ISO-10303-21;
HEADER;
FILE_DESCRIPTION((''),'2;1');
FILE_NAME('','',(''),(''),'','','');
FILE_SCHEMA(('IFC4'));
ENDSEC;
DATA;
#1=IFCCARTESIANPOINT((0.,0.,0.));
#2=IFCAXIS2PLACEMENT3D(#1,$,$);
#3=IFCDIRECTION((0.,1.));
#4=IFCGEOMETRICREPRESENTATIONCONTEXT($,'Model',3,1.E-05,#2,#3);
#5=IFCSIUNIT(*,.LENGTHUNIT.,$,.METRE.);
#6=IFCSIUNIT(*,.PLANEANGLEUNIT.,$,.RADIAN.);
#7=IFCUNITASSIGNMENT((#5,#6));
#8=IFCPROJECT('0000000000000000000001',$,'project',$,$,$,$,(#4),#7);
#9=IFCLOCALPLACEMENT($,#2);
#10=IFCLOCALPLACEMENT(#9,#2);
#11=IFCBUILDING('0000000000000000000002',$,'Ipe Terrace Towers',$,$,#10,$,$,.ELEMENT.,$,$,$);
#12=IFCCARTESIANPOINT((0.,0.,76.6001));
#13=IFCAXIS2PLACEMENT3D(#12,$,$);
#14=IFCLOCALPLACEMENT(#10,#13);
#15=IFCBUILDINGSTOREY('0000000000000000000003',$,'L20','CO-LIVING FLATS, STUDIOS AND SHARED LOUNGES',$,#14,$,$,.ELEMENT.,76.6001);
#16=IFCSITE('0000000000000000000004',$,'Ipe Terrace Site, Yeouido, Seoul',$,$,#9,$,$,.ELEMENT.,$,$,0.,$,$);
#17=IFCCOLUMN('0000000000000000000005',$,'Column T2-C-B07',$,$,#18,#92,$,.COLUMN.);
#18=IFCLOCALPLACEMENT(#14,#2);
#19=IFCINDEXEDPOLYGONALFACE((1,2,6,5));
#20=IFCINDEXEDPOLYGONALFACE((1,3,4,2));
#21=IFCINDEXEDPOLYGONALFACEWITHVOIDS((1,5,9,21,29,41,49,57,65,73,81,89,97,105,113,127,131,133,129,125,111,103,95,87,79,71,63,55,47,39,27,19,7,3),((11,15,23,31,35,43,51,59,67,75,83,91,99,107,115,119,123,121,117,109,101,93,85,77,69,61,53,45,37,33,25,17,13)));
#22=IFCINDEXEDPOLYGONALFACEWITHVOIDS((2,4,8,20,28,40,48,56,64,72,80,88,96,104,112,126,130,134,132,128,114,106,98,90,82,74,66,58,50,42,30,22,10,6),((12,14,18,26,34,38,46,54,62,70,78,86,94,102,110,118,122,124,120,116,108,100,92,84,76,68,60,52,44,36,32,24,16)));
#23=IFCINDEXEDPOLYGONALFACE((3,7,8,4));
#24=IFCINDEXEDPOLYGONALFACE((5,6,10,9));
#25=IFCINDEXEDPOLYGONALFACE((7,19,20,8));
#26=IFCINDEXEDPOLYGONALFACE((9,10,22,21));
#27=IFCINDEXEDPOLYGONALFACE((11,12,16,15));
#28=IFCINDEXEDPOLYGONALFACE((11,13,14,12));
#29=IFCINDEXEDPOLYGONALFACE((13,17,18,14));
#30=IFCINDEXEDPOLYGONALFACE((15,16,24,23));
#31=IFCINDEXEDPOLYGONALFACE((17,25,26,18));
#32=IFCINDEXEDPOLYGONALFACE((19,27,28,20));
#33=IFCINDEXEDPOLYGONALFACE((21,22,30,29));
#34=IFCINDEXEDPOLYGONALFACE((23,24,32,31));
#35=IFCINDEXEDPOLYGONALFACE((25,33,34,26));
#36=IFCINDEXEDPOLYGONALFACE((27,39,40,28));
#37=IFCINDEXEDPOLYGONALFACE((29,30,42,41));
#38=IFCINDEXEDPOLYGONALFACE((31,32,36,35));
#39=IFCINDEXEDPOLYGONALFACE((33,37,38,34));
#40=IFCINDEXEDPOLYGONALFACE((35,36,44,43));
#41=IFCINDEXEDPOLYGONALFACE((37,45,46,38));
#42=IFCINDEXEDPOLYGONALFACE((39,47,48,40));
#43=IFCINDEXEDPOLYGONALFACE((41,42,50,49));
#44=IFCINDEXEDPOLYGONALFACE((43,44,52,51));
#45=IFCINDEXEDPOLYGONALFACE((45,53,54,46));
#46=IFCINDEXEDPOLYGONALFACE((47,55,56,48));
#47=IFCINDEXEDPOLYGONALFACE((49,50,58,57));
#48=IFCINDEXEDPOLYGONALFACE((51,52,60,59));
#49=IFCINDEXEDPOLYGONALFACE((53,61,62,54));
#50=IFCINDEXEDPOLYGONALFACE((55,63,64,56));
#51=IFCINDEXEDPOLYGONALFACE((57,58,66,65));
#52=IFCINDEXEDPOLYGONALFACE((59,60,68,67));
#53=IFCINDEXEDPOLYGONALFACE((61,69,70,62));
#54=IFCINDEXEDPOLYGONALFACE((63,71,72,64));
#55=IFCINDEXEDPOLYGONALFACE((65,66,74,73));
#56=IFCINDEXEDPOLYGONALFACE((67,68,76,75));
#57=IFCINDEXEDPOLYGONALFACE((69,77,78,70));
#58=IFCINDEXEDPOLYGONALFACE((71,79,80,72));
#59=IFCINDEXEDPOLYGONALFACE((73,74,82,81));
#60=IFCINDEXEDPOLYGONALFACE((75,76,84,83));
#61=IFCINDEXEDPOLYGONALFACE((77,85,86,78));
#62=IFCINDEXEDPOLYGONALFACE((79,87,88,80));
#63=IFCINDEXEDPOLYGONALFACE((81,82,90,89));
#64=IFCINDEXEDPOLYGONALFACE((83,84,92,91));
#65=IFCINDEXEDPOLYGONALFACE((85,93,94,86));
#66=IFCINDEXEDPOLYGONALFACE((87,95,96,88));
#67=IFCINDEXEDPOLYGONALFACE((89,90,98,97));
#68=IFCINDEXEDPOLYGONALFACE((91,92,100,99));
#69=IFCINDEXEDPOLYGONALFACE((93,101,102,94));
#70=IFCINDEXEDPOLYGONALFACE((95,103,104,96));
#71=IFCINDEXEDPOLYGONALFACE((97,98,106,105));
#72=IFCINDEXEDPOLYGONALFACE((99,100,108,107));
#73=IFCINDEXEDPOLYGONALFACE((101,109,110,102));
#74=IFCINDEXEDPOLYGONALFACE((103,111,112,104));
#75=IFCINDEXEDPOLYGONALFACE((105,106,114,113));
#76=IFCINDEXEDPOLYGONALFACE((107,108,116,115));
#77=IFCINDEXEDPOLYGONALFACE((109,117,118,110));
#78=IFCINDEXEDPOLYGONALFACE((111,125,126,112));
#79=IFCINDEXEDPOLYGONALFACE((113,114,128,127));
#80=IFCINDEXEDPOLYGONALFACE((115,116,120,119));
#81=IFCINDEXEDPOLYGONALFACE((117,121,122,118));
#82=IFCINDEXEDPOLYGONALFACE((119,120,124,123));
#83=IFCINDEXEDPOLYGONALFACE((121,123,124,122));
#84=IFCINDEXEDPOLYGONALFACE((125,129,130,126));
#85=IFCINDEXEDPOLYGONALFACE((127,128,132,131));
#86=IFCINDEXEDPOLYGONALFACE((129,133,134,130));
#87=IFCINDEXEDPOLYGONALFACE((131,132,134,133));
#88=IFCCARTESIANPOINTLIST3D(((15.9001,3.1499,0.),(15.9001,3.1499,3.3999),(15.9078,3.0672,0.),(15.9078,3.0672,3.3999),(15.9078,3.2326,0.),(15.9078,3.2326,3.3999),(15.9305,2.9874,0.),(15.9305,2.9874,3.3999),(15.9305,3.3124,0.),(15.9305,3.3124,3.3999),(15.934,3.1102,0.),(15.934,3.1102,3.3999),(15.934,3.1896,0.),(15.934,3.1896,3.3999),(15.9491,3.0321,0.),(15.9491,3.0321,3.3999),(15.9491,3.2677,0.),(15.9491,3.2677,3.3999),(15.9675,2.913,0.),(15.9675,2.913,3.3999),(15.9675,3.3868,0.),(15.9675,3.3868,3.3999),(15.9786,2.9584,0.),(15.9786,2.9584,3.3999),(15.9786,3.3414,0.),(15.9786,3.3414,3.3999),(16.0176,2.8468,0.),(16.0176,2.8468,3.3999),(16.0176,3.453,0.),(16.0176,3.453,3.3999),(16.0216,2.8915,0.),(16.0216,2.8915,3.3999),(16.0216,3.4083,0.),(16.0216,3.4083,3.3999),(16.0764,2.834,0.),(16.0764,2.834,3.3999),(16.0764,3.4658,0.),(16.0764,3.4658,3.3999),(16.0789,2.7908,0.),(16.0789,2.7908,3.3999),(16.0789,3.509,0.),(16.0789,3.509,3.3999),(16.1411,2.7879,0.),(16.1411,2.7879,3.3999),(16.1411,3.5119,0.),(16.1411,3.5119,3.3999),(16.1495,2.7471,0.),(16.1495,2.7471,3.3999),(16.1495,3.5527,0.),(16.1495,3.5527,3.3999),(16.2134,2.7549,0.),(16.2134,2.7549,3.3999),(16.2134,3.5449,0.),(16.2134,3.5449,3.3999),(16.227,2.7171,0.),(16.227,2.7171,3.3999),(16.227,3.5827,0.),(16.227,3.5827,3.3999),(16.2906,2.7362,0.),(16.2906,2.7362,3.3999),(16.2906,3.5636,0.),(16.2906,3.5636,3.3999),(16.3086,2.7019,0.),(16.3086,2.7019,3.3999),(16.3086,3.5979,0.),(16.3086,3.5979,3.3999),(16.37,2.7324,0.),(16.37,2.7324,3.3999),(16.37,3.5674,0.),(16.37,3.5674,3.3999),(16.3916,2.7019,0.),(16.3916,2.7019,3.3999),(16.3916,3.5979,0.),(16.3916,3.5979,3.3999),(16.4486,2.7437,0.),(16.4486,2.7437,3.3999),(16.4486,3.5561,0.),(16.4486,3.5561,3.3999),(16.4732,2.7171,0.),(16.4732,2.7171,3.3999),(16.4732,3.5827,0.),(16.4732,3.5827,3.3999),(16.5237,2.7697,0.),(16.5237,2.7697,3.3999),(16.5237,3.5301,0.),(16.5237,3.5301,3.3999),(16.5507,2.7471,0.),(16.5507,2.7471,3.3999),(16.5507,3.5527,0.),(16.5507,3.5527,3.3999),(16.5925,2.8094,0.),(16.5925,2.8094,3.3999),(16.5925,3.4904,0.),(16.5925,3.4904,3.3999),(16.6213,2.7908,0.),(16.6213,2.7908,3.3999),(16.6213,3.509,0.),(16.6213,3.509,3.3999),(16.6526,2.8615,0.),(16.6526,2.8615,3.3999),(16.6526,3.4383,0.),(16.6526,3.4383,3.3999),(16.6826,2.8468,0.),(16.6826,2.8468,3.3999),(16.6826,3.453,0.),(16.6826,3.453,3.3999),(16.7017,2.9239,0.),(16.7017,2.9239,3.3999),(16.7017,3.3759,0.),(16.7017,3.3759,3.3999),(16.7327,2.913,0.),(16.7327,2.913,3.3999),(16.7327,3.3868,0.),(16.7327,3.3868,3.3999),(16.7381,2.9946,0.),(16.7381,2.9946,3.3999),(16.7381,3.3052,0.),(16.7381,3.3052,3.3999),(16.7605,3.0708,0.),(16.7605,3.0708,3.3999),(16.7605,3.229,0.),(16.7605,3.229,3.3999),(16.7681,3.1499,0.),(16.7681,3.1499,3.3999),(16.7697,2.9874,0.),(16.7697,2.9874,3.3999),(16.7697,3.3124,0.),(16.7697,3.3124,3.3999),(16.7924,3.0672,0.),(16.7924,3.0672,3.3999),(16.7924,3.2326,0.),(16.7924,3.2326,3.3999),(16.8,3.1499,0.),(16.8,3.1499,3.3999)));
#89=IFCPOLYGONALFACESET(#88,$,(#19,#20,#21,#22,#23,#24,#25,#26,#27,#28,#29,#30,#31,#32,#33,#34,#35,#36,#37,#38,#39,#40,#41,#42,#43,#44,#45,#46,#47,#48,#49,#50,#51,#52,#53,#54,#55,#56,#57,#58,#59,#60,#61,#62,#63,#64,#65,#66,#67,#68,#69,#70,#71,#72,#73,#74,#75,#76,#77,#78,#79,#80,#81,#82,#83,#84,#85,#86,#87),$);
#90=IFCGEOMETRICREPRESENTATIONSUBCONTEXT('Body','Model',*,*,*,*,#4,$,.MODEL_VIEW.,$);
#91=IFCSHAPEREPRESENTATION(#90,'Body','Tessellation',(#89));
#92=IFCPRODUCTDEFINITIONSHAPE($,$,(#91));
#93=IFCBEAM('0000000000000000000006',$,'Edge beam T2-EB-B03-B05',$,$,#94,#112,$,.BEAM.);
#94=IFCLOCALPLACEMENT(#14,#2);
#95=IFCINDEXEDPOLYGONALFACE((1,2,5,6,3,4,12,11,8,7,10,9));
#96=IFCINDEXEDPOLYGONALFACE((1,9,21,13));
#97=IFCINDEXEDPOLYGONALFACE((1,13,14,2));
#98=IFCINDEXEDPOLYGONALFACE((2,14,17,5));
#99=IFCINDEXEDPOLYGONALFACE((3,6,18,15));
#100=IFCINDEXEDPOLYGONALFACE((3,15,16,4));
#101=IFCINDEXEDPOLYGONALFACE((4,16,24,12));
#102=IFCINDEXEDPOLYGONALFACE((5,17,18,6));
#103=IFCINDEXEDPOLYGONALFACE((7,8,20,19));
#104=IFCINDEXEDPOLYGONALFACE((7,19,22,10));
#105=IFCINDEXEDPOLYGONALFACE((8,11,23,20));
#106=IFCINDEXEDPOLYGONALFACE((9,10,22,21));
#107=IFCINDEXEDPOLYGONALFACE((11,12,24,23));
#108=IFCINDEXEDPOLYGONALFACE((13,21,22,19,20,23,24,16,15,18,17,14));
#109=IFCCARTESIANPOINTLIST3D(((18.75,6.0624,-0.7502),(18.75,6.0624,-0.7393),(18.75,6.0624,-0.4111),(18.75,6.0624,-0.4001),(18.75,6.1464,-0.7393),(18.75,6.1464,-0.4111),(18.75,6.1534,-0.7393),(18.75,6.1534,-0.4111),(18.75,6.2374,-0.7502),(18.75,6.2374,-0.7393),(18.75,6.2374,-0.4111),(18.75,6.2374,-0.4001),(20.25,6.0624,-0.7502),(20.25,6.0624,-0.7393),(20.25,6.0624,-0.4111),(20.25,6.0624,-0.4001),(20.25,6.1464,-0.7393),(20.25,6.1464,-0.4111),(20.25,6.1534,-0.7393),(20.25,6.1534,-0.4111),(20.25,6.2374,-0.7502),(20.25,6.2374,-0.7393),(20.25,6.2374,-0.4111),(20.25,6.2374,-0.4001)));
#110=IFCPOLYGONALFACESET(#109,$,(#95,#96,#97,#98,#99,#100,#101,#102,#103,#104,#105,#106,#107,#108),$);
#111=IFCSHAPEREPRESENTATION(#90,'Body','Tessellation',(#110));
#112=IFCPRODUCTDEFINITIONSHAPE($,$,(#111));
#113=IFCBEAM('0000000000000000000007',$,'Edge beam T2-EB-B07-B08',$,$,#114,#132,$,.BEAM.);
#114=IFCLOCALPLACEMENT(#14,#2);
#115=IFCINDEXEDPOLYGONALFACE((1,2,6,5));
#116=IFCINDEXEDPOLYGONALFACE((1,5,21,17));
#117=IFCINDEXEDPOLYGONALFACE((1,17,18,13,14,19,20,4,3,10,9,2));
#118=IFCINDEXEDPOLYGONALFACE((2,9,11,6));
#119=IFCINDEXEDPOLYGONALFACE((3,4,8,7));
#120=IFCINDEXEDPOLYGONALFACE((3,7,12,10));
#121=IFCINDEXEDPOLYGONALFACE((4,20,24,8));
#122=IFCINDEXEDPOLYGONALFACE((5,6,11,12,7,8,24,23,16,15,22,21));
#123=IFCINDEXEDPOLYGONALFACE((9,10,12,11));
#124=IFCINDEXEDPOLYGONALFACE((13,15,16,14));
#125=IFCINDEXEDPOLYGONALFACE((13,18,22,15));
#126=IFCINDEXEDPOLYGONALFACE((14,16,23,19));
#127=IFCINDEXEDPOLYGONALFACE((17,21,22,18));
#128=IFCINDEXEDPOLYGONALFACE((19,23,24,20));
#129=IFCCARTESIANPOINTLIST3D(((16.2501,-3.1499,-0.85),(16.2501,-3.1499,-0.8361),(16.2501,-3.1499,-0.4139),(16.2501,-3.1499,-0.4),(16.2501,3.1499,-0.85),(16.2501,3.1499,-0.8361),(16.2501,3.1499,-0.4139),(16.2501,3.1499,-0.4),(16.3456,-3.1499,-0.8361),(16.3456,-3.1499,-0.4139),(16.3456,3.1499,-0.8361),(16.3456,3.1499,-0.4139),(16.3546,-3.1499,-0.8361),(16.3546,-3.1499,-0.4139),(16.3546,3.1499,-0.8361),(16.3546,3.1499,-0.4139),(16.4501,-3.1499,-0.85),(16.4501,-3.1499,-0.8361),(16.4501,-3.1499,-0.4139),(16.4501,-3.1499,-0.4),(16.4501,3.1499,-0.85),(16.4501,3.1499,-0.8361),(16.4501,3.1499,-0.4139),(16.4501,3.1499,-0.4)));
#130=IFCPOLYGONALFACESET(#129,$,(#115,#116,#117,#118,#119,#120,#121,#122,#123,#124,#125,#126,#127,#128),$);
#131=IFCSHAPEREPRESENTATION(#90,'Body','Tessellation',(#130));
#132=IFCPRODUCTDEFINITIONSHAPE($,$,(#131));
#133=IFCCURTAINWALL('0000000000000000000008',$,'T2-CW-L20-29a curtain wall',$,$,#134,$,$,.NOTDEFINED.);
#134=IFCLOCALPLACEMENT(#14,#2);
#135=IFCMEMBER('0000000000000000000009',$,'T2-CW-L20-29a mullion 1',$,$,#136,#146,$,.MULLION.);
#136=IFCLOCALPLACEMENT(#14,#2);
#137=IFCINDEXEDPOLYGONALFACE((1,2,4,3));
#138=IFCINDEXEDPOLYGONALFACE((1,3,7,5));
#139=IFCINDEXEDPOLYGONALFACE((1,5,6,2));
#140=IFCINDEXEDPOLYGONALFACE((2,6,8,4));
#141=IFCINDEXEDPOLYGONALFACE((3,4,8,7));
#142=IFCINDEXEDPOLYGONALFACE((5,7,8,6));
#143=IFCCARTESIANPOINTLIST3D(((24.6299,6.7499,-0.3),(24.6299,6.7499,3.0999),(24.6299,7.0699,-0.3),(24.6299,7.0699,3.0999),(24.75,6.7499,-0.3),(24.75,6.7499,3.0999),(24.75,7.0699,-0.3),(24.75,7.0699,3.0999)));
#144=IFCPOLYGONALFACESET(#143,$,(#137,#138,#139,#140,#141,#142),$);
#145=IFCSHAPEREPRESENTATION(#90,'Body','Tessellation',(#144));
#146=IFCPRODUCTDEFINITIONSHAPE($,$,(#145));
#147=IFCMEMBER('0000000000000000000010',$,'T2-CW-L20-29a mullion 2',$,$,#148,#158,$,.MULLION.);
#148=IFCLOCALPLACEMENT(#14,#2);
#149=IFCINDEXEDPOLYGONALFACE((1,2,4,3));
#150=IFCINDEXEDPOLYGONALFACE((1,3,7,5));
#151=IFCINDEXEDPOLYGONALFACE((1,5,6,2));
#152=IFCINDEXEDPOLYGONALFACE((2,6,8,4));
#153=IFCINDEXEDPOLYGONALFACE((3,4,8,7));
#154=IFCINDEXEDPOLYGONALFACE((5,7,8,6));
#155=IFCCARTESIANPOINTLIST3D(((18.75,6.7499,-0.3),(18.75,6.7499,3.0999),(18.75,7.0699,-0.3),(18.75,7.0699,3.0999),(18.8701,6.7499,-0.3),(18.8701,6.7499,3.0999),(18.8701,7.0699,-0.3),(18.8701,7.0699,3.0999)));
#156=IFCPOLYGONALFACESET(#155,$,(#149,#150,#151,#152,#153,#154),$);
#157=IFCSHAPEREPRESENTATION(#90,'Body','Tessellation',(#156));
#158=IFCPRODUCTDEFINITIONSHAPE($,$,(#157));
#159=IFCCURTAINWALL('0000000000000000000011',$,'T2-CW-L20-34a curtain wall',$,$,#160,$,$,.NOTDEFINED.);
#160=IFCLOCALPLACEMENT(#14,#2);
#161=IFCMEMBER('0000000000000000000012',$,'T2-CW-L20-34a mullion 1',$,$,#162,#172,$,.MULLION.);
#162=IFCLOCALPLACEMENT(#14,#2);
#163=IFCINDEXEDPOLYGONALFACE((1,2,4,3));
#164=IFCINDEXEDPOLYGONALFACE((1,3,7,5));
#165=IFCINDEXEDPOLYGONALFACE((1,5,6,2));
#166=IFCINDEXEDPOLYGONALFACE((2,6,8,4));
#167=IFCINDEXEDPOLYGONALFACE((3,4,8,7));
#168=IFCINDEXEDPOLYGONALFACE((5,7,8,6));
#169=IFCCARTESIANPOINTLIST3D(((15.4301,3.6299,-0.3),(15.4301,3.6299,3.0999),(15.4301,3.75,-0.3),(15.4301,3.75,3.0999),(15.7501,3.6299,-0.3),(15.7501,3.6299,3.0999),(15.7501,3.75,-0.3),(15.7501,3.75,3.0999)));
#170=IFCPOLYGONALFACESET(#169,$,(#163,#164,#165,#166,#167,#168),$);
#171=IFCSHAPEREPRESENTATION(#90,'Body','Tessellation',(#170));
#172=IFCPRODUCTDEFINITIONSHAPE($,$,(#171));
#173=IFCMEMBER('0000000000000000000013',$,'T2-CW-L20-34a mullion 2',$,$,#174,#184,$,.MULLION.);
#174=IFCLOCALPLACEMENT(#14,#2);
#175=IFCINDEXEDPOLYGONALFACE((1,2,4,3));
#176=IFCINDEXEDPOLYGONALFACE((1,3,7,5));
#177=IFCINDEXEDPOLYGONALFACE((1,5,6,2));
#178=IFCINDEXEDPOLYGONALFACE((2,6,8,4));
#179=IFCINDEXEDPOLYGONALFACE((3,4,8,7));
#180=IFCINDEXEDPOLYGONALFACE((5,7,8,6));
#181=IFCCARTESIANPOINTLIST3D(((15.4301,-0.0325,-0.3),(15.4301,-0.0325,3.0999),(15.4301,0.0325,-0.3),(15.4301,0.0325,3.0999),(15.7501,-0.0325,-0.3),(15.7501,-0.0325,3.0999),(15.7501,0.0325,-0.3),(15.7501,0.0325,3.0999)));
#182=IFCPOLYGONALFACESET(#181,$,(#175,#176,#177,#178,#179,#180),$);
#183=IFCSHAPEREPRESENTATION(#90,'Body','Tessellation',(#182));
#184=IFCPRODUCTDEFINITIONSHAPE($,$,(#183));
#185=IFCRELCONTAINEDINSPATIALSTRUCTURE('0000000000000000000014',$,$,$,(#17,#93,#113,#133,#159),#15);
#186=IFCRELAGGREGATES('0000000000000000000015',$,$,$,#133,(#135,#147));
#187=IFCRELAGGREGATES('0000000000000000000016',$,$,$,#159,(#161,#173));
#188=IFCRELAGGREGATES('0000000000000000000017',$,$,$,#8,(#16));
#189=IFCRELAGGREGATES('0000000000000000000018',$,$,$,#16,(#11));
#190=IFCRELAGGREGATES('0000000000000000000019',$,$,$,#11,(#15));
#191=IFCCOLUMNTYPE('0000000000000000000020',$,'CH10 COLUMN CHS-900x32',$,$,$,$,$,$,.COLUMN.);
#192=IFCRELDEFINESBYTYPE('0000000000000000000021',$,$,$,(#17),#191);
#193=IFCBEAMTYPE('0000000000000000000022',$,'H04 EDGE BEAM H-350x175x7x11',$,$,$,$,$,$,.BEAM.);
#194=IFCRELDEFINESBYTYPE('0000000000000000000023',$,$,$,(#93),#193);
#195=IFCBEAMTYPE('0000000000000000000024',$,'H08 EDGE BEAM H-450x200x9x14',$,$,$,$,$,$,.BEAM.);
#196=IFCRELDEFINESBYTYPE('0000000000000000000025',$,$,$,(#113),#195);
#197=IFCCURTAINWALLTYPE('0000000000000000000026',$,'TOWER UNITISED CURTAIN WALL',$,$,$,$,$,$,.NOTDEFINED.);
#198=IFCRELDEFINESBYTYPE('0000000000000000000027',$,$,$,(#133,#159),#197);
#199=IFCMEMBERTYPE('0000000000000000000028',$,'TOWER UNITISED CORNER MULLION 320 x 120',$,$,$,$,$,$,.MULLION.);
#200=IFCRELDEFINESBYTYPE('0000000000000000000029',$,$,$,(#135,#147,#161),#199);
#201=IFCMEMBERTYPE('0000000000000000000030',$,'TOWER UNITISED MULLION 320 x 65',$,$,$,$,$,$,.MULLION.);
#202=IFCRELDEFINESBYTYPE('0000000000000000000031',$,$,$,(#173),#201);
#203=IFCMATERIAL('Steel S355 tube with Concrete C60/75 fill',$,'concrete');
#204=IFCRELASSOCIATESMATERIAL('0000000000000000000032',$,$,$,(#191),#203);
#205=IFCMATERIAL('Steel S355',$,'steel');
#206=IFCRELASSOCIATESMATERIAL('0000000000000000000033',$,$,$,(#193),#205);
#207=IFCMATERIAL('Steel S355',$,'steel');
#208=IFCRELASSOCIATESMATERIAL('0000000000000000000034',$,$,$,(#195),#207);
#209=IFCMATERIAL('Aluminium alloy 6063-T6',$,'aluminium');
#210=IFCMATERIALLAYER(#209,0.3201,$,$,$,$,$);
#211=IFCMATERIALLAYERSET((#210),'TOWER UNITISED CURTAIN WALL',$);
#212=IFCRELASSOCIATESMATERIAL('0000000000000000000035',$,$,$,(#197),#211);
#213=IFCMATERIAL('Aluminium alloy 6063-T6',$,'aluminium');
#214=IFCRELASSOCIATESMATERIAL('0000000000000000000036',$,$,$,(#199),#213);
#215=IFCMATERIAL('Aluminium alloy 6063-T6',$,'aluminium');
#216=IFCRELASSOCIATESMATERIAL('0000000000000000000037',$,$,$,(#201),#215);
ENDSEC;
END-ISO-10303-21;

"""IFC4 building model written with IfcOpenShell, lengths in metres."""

from ifc_helpers import new_model, si_unit, direction, frame, origin, origin_2d, place, context, subcontext, project, spatial, rectangle, hollow_circle, i_section, extrude, material, layer, layer_set, material_profile, profile_set, type_object, element, aggregate, save


model = new_model("IFC4")

# Units and contexts
model_context = context("Model", 3, precision=1e-05, world=origin(), true_north=direction((0.0, 1.0)))
body_context = subcontext(model_context, "Body", "Model", "MODEL_VIEW")
ifc_project = project(units=[si_unit("LENGTHUNIT", "METRE"), si_unit("PLANEANGLEUNIT", "RADIAN")], contexts=[model_context])

# Site, building, storey
site_placement = place(None, origin())
site = spatial("IfcSite", under=ifc_project, at=site_placement, Name="Ipe Terrace Site, Yeouido, Seoul", CompositionType="ELEMENT", RefElevation=0.0)
building_placement = place(site_placement, origin())
building = spatial("IfcBuilding", under=site, at=building_placement, Name="Ipe Terrace Towers", CompositionType="ELEMENT")
storey_placement = place(building_placement, frame((0.0, 0.0, 76.6001)))
storey = spatial("IfcBuildingStorey", under=building, at=storey_placement, Name="L20", Description="CO-LIVING FLATS, STUDIOS AND SHARED LOUNGES", CompositionType="ELEMENT", Elevation=76.6001)

# Column
ifc_material_1 = material(Name="Steel S355 tube with Concrete C60/75 fill", Category="concrete")
ifc_material_profile_1 = material_profile(ifc_material_1, hollow_circle(Radius=0.45, WallThickness=0.032, at=origin_2d()), Name="CHS-900x32")
ifc_profile_set_1 = profile_set([ifc_material_profile_1], Name="Steel S355 tube with Concrete C60/75 fill")
column_type = type_object("IfcColumnType", Name="CH10 COLUMN CHS-900x32", PredefinedType="COLUMN", material=ifc_profile_set_1)
for number, where, z_axis, x_axis, name in (
    (1, (16.3501, 3.1499, 0.0), (0.0, 0.0, 1.0), (1.0, 0.0, 0.0), "Column T2-C-B07"),
):
    element("IfcColumn", number, at=place(storey_placement, frame(where, z_axis=z_axis, x_axis=x_axis)), inside=storey, type_object=column_type, Name=name, PredefinedType="COLUMN", context=body_context, shape_type="SweptSolid", body=[
        extrude(hollow_circle(Radius=0.45, WallThickness=0.032, at=origin_2d()), origin(), (0.0, 0.0, 1.0), 3.3999),
    ])

# Beams
ifc_material_2 = material(Name="Steel S355", Category="steel")
ifc_material_profile_2 = material_profile(ifc_material_2, i_section(OverallWidth=0.175, OverallDepth=0.3501, WebThickness=0.0071, FlangeThickness=0.011, at=origin_2d()), Name="H-350x175x7x11")
ifc_profile_set_2 = profile_set([ifc_material_profile_2], Name="Steel S355")
beam_type_1 = type_object("IfcBeamType", Name="H04 EDGE BEAM H-350x175x7x11", PredefinedType="BEAM", material=ifc_profile_set_2)
beam_1_placement = place(storey_placement, frame((20.25, 6.1499, -0.5752), z_axis=(-1.0, 0.0, 0.0), x_axis=(0.0, -1.0, 0.0)))
element("IfcBeam", 2, at=beam_1_placement, inside=storey, type_object=beam_type_1, Name="Edge beam T2-EB-B03-B05", PredefinedType="BEAM", context=body_context, shape_type="SweptSolid", body=[
    extrude(i_section(OverallWidth=0.175, OverallDepth=0.3501, WebThickness=0.0071, FlangeThickness=0.011, at=origin_2d()), origin(), (0.0, 0.0, 1.0), 1.5),
])
ifc_material_3 = material(Name="Steel S355", Category="steel")
ifc_material_profile_3 = material_profile(ifc_material_3, i_section(OverallWidth=0.2, OverallDepth=0.45, WebThickness=0.009, FlangeThickness=0.0139, at=origin_2d()), Name="H-450x200x9x14")
ifc_profile_set_3 = profile_set([ifc_material_profile_3], Name="Steel S355")
beam_type_2 = type_object("IfcBeamType", Name="H08 EDGE BEAM H-450x200x9x14", PredefinedType="BEAM", material=ifc_profile_set_3)
beam_2_placement = place(storey_placement, frame((16.3501, 3.1499, -0.625), z_axis=(0.0, -1.0, 0.0), x_axis=(1.0, 0.0, 0.0)))
element("IfcBeam", 3, at=beam_2_placement, inside=storey, type_object=beam_type_2, Name="Edge beam T2-EB-B07-B08", PredefinedType="BEAM", context=body_context, shape_type="SweptSolid", body=[
    extrude(i_section(OverallWidth=0.2, OverallDepth=0.45, WebThickness=0.009, FlangeThickness=0.0139, at=origin_2d()), origin(), (0.0, 0.0, 1.0), 6.2998),
])

# Curtain walls, members
ifc_material_4 = material(Name="Aluminium alloy 6063-T6", Category="aluminium")
ifc_layer_1 = layer(ifc_material_4, 0.3201)
ifc_layer_set_1 = layer_set([ifc_layer_1], Name="TOWER UNITISED CURTAIN WALL")
curtain_wall_type = type_object("IfcCurtainWallType", Name="TOWER UNITISED CURTAIN WALL", PredefinedType="NOTDEFINED", material=ifc_layer_set_1)
curtain_wall_1_placement = place(storey_placement, origin())
curtain_wall_1 = element("IfcCurtainWall", 4, at=curtain_wall_1_placement, inside=storey, type_object=curtain_wall_type, Name="T2-CW-L20-29a curtain wall", PredefinedType="NOTDEFINED")
ifc_material_5 = material(Name="Aluminium alloy 6063-T6", Category="aluminium")
ifc_material_profile_4 = material_profile(ifc_material_5, rectangle(XDim=0.3201, YDim=0.1201, at=origin_2d()), Name="TOWER UNITISED CORNER MULLION 320 x 120")
ifc_profile_set_4 = profile_set([ifc_material_profile_4], Name="Aluminium alloy 6063-T6")
member_type_1 = type_object("IfcMemberType", Name="TOWER UNITISED CORNER MULLION 320 x 120", PredefinedType="MULLION", material=ifc_profile_set_4)
member_1_placement = place(storey_placement, frame((24.6899, 6.9099, -0.3), z_axis=(0.0, 0.0, 1.0), x_axis=(0.0, 1.0, 0.0)))
member_1 = element("IfcMember", 5, at=member_1_placement, type_object=member_type_1, Name="T2-CW-L20-29a mullion 1", PredefinedType="MULLION", context=body_context, shape_type="SweptSolid", body=[
    extrude(rectangle(XDim=0.3201, YDim=0.1201, at=origin_2d()), origin(), (0.0, 0.0, 1.0), 3.3999),
])
member_2_placement = place(storey_placement, frame((18.8101, 6.9099, -0.3), z_axis=(0.0, 0.0, 1.0), x_axis=(0.0, 1.0, 0.0)))
member_2 = element("IfcMember", 6, at=member_2_placement, type_object=member_type_1, Name="T2-CW-L20-29a mullion 2", PredefinedType="MULLION", context=body_context, shape_type="SweptSolid", body=[
    extrude(rectangle(XDim=0.3201, YDim=0.1201, at=origin_2d()), origin(), (0.0, 0.0, 1.0), 3.3999),
])
curtain_wall_2_placement = place(storey_placement, origin())
curtain_wall_2 = element("IfcCurtainWall", 7, at=curtain_wall_2_placement, inside=storey, type_object=curtain_wall_type, Name="T2-CW-L20-34a curtain wall", PredefinedType="NOTDEFINED")
member_3_placement = place(storey_placement, frame((15.5901, 3.6899, -0.3), z_axis=(0.0, 0.0, 1.0), x_axis=(-1.0, 0.0, 0.0)))
member_3 = element("IfcMember", 8, at=member_3_placement, type_object=member_type_1, Name="T2-CW-L20-34a mullion 1", PredefinedType="MULLION", context=body_context, shape_type="SweptSolid", body=[
    extrude(rectangle(XDim=0.3201, YDim=0.1201, at=origin_2d()), origin(), (0.0, 0.0, 1.0), 3.3999),
])
ifc_material_6 = material(Name="Aluminium alloy 6063-T6", Category="aluminium")
ifc_material_profile_5 = material_profile(ifc_material_6, rectangle(XDim=0.3201, YDim=0.0649, at=origin_2d()), Name="TOWER UNITISED MULLION 320 x 65")
ifc_profile_set_5 = profile_set([ifc_material_profile_5], Name="Aluminium alloy 6063-T6")
member_type_2 = type_object("IfcMemberType", Name="TOWER UNITISED MULLION 320 x 65", PredefinedType="MULLION", material=ifc_profile_set_5)
member_4_placement = place(storey_placement, frame((15.5901, 0.0, -0.3), z_axis=(0.0, 0.0, 1.0), x_axis=(-1.0, 0.0, 0.0)))
member_4 = element("IfcMember", 9, at=member_4_placement, type_object=member_type_2, Name="T2-CW-L20-34a mullion 2", PredefinedType="MULLION", context=body_context, shape_type="SweptSolid", body=[
    extrude(rectangle(XDim=0.3201, YDim=0.0649, at=origin_2d()), origin(), (0.0, 0.0, 1.0), 3.3999),
])

aggregate(curtain_wall_1, [member_1, member_2])
aggregate(curtain_wall_2, [member_3, member_4])

save(model, "model.ifc")
